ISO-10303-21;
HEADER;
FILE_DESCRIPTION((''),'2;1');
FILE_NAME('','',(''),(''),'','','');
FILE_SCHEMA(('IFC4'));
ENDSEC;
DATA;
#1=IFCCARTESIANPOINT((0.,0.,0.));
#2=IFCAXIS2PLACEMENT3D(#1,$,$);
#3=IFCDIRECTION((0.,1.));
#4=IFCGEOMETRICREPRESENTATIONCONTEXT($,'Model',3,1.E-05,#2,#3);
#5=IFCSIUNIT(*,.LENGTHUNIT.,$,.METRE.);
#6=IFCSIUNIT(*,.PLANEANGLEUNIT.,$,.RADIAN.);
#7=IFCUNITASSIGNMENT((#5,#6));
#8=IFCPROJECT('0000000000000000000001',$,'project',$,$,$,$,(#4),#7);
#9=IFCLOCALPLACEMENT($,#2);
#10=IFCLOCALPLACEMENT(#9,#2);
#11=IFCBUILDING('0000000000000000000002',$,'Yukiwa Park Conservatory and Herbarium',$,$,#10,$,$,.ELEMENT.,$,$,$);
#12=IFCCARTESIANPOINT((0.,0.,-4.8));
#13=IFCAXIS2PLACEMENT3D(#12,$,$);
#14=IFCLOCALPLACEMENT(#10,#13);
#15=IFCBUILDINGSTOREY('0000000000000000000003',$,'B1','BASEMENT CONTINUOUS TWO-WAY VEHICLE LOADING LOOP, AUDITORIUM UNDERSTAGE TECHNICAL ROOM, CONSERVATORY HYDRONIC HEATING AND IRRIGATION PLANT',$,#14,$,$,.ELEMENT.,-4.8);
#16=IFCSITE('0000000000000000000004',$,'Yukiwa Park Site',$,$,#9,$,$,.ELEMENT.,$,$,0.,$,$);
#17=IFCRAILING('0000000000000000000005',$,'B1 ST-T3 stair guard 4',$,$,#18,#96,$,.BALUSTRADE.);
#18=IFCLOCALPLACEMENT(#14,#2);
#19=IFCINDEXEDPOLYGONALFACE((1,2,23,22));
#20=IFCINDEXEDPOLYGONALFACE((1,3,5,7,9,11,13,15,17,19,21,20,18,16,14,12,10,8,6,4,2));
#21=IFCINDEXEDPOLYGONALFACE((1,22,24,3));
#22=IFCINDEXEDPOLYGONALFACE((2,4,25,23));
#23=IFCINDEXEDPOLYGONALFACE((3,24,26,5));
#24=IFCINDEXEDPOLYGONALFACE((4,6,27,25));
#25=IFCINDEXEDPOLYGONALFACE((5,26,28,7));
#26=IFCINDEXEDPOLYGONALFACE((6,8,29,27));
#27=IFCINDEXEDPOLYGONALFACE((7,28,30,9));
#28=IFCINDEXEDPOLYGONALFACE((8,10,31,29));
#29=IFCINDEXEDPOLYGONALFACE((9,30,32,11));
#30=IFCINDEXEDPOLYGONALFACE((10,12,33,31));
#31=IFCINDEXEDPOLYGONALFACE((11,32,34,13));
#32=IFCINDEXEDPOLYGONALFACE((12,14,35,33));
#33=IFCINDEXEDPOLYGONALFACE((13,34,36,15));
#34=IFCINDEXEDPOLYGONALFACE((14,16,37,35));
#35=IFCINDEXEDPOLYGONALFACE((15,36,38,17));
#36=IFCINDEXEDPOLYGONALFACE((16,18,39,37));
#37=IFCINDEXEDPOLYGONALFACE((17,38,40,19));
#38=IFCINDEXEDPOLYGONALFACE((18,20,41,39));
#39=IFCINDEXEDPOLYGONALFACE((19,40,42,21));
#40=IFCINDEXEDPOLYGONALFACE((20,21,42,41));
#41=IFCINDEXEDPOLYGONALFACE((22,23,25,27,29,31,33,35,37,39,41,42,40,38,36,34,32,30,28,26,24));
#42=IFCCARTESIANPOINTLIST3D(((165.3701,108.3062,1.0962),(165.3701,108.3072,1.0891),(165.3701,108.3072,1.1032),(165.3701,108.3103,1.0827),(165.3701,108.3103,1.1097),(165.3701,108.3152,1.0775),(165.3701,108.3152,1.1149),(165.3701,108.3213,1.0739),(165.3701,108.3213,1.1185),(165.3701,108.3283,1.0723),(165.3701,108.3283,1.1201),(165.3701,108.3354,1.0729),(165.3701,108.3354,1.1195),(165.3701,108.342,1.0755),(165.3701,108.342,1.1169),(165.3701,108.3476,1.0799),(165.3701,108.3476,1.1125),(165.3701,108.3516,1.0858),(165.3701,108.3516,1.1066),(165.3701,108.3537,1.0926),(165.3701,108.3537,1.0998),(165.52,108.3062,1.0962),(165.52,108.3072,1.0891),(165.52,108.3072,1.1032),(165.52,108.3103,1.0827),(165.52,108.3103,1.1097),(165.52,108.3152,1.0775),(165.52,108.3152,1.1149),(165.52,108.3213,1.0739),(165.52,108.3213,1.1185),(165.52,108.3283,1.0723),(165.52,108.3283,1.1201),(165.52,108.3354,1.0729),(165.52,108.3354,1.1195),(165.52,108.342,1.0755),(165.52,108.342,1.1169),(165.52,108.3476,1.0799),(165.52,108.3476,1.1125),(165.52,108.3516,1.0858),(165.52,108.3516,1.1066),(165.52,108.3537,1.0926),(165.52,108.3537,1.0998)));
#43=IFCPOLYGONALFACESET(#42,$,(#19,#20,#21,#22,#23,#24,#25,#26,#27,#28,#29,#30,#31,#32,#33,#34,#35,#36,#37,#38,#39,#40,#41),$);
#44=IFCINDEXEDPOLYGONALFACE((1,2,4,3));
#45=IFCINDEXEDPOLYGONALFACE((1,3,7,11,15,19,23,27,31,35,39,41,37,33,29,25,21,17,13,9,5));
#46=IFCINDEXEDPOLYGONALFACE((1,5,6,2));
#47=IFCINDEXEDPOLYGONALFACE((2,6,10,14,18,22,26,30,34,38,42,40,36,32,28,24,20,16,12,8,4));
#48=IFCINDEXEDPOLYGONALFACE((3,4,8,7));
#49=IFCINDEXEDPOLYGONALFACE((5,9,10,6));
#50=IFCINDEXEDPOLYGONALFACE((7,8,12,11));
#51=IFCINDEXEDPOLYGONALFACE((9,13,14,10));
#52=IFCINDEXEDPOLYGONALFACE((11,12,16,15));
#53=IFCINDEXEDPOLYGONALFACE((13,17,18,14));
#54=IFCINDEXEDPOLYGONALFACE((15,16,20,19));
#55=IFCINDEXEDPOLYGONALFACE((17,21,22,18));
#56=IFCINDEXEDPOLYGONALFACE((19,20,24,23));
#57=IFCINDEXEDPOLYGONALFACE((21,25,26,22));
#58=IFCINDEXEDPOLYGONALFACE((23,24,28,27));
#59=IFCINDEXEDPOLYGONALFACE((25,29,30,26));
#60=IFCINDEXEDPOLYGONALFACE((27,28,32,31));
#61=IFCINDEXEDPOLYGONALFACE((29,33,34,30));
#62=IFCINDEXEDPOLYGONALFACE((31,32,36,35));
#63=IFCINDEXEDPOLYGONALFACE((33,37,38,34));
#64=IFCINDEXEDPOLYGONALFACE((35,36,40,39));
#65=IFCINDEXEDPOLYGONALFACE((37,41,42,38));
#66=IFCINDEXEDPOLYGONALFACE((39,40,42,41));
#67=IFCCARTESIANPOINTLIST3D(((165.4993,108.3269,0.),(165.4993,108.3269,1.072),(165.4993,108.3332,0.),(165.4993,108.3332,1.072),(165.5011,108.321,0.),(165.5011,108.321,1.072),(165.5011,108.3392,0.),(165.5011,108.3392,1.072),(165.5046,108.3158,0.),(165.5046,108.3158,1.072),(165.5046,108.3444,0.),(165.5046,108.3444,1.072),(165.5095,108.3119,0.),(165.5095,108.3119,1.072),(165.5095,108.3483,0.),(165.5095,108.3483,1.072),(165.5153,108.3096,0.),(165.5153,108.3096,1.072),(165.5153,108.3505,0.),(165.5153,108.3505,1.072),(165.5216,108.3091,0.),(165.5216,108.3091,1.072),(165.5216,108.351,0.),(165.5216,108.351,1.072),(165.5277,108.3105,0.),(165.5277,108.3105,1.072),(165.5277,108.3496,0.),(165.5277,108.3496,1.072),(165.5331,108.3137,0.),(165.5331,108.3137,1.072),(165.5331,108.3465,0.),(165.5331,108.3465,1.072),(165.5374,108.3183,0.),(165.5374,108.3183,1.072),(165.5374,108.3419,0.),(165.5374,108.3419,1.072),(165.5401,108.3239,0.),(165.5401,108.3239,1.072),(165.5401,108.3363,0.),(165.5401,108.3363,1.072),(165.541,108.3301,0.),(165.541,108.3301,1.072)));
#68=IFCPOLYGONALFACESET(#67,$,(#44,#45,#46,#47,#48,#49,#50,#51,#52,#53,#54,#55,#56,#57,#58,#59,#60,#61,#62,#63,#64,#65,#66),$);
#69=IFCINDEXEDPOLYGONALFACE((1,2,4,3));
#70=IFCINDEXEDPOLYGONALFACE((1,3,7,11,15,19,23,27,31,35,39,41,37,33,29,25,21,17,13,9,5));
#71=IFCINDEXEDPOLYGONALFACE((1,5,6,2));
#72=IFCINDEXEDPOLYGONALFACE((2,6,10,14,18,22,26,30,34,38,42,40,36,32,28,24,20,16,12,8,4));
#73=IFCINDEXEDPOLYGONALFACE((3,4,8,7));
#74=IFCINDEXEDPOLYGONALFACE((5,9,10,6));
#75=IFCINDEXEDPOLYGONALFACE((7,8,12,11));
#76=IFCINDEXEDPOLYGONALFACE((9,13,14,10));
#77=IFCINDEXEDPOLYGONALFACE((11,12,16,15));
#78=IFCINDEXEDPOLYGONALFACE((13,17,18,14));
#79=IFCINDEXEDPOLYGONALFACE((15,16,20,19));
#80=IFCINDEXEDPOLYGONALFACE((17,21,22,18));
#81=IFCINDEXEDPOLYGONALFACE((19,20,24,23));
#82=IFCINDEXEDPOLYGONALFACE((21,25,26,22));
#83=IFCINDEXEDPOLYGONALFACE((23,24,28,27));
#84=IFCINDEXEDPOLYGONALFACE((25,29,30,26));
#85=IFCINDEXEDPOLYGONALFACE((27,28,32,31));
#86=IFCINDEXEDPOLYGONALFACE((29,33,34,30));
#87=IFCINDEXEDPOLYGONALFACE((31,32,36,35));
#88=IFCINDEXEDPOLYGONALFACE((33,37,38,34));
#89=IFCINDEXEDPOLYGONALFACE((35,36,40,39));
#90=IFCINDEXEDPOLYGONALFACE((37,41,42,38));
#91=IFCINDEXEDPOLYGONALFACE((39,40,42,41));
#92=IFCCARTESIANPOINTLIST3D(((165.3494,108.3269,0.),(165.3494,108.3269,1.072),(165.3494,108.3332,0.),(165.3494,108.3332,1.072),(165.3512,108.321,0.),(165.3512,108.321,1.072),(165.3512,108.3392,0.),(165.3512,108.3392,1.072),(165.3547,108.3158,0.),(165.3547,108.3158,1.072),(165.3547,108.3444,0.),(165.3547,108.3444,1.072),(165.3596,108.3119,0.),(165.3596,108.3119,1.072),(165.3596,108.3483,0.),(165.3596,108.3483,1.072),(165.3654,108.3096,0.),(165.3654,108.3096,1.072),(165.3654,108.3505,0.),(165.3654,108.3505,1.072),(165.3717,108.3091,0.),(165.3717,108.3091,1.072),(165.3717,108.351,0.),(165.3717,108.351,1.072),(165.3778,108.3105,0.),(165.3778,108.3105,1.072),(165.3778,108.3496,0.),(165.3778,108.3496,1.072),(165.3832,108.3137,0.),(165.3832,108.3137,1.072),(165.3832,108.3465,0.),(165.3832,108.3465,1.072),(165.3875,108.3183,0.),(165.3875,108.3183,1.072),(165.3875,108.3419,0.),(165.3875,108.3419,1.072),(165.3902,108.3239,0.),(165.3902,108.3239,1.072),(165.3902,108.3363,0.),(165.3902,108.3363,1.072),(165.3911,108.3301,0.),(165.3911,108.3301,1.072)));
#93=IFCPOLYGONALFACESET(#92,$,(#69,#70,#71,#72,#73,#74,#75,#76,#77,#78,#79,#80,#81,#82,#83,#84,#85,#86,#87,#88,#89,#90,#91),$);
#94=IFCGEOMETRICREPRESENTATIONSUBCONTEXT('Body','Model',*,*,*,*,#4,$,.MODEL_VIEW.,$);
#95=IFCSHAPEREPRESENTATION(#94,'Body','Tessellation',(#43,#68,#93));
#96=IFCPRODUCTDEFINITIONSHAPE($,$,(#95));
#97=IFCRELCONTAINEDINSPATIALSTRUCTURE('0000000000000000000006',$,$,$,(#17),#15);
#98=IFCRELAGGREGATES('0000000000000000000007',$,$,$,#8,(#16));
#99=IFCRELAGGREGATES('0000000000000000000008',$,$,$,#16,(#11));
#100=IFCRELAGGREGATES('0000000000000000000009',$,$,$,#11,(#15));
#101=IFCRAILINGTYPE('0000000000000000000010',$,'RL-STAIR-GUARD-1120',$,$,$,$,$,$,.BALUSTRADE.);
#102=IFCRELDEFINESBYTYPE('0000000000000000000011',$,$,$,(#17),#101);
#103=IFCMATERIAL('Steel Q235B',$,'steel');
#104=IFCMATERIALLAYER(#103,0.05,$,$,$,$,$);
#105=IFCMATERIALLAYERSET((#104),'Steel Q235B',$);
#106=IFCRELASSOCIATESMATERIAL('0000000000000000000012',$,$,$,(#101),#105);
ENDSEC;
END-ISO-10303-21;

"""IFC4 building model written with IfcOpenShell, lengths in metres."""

from ifc_helpers import new_model, si_unit, direction, frame, origin, origin_2d, place, context, subcontext, project, spatial, circle, extrude, material, layer, layer_set, type_object, element, save


model = new_model("IFC4")

# Units and contexts
model_context = context("Model", 3, precision=1e-05, world=origin(), true_north=direction((0.0, 1.0)))
body_context = subcontext(model_context, "Body", "Model", "MODEL_VIEW")
ifc_project = project(units=[si_unit("LENGTHUNIT", "METRE"), si_unit("PLANEANGLEUNIT", "RADIAN")], contexts=[model_context])

# Site, building, storey
site_placement = place(None, origin())
site = spatial("IfcSite", under=ifc_project, at=site_placement, Name="Yukiwa Park Site", CompositionType="ELEMENT", RefElevation=0.0)
building_placement = place(site_placement, origin())
building = spatial("IfcBuilding", under=site, at=building_placement, Name="Yukiwa Park Conservatory and Herbarium", CompositionType="ELEMENT")
storey_placement = place(building_placement, frame((0.0, 0.0, -4.8)))
storey = spatial("IfcBuildingStorey", under=building, at=storey_placement, Name="B1", Description="BASEMENT CONTINUOUS TWO-WAY VEHICLE LOADING LOOP, AUDITORIUM UNDERSTAGE TECHNICAL ROOM, CONSERVATORY HYDRONIC HEATING AND IRRIGATION PLANT", CompositionType="ELEMENT", Elevation=-4.8)

# Railing
ifc_material_1 = material(Name="Steel Q235B", Category="steel")
ifc_layer_1 = layer(ifc_material_1, 0.05)
ifc_layer_set_1 = layer_set([ifc_layer_1], Name="Steel Q235B")
railing_type_1 = type_object("IfcRailingType", Name="RL-STAIR-GUARD-1120", PredefinedType="BALUSTRADE", material=ifc_layer_set_1)
railing_1_placement = place(storey_placement, frame((165.52, 108.3301, 0.0)))
element("IfcRailing", 1, at=railing_1_placement, inside=storey, type_object=railing_type_1, Name="B1 ST-T3 stair guard 4", PredefinedType="BALUSTRADE", context=body_context, shape_type="SweptSolid", body=[
    extrude(circle(Radius=0.0239, at=origin_2d()), frame((0.0, 0.0, 1.0962), z_axis=(-1.0, 0.0, 0.0), x_axis=(0.0, -1.0, 0.0)), (0.0, 0.0, 1.0), 0.1499),
    extrude(circle(Radius=0.021, at=origin_2d()), origin(), (0.0, 0.0, 1.0), 1.072),
    extrude(circle(Radius=0.021, at=origin_2d()), frame((-0.1499, 0.0, 0.0)), (0.0, 0.0, 1.0), 1.072),
])

save(model, "model.ifc")
